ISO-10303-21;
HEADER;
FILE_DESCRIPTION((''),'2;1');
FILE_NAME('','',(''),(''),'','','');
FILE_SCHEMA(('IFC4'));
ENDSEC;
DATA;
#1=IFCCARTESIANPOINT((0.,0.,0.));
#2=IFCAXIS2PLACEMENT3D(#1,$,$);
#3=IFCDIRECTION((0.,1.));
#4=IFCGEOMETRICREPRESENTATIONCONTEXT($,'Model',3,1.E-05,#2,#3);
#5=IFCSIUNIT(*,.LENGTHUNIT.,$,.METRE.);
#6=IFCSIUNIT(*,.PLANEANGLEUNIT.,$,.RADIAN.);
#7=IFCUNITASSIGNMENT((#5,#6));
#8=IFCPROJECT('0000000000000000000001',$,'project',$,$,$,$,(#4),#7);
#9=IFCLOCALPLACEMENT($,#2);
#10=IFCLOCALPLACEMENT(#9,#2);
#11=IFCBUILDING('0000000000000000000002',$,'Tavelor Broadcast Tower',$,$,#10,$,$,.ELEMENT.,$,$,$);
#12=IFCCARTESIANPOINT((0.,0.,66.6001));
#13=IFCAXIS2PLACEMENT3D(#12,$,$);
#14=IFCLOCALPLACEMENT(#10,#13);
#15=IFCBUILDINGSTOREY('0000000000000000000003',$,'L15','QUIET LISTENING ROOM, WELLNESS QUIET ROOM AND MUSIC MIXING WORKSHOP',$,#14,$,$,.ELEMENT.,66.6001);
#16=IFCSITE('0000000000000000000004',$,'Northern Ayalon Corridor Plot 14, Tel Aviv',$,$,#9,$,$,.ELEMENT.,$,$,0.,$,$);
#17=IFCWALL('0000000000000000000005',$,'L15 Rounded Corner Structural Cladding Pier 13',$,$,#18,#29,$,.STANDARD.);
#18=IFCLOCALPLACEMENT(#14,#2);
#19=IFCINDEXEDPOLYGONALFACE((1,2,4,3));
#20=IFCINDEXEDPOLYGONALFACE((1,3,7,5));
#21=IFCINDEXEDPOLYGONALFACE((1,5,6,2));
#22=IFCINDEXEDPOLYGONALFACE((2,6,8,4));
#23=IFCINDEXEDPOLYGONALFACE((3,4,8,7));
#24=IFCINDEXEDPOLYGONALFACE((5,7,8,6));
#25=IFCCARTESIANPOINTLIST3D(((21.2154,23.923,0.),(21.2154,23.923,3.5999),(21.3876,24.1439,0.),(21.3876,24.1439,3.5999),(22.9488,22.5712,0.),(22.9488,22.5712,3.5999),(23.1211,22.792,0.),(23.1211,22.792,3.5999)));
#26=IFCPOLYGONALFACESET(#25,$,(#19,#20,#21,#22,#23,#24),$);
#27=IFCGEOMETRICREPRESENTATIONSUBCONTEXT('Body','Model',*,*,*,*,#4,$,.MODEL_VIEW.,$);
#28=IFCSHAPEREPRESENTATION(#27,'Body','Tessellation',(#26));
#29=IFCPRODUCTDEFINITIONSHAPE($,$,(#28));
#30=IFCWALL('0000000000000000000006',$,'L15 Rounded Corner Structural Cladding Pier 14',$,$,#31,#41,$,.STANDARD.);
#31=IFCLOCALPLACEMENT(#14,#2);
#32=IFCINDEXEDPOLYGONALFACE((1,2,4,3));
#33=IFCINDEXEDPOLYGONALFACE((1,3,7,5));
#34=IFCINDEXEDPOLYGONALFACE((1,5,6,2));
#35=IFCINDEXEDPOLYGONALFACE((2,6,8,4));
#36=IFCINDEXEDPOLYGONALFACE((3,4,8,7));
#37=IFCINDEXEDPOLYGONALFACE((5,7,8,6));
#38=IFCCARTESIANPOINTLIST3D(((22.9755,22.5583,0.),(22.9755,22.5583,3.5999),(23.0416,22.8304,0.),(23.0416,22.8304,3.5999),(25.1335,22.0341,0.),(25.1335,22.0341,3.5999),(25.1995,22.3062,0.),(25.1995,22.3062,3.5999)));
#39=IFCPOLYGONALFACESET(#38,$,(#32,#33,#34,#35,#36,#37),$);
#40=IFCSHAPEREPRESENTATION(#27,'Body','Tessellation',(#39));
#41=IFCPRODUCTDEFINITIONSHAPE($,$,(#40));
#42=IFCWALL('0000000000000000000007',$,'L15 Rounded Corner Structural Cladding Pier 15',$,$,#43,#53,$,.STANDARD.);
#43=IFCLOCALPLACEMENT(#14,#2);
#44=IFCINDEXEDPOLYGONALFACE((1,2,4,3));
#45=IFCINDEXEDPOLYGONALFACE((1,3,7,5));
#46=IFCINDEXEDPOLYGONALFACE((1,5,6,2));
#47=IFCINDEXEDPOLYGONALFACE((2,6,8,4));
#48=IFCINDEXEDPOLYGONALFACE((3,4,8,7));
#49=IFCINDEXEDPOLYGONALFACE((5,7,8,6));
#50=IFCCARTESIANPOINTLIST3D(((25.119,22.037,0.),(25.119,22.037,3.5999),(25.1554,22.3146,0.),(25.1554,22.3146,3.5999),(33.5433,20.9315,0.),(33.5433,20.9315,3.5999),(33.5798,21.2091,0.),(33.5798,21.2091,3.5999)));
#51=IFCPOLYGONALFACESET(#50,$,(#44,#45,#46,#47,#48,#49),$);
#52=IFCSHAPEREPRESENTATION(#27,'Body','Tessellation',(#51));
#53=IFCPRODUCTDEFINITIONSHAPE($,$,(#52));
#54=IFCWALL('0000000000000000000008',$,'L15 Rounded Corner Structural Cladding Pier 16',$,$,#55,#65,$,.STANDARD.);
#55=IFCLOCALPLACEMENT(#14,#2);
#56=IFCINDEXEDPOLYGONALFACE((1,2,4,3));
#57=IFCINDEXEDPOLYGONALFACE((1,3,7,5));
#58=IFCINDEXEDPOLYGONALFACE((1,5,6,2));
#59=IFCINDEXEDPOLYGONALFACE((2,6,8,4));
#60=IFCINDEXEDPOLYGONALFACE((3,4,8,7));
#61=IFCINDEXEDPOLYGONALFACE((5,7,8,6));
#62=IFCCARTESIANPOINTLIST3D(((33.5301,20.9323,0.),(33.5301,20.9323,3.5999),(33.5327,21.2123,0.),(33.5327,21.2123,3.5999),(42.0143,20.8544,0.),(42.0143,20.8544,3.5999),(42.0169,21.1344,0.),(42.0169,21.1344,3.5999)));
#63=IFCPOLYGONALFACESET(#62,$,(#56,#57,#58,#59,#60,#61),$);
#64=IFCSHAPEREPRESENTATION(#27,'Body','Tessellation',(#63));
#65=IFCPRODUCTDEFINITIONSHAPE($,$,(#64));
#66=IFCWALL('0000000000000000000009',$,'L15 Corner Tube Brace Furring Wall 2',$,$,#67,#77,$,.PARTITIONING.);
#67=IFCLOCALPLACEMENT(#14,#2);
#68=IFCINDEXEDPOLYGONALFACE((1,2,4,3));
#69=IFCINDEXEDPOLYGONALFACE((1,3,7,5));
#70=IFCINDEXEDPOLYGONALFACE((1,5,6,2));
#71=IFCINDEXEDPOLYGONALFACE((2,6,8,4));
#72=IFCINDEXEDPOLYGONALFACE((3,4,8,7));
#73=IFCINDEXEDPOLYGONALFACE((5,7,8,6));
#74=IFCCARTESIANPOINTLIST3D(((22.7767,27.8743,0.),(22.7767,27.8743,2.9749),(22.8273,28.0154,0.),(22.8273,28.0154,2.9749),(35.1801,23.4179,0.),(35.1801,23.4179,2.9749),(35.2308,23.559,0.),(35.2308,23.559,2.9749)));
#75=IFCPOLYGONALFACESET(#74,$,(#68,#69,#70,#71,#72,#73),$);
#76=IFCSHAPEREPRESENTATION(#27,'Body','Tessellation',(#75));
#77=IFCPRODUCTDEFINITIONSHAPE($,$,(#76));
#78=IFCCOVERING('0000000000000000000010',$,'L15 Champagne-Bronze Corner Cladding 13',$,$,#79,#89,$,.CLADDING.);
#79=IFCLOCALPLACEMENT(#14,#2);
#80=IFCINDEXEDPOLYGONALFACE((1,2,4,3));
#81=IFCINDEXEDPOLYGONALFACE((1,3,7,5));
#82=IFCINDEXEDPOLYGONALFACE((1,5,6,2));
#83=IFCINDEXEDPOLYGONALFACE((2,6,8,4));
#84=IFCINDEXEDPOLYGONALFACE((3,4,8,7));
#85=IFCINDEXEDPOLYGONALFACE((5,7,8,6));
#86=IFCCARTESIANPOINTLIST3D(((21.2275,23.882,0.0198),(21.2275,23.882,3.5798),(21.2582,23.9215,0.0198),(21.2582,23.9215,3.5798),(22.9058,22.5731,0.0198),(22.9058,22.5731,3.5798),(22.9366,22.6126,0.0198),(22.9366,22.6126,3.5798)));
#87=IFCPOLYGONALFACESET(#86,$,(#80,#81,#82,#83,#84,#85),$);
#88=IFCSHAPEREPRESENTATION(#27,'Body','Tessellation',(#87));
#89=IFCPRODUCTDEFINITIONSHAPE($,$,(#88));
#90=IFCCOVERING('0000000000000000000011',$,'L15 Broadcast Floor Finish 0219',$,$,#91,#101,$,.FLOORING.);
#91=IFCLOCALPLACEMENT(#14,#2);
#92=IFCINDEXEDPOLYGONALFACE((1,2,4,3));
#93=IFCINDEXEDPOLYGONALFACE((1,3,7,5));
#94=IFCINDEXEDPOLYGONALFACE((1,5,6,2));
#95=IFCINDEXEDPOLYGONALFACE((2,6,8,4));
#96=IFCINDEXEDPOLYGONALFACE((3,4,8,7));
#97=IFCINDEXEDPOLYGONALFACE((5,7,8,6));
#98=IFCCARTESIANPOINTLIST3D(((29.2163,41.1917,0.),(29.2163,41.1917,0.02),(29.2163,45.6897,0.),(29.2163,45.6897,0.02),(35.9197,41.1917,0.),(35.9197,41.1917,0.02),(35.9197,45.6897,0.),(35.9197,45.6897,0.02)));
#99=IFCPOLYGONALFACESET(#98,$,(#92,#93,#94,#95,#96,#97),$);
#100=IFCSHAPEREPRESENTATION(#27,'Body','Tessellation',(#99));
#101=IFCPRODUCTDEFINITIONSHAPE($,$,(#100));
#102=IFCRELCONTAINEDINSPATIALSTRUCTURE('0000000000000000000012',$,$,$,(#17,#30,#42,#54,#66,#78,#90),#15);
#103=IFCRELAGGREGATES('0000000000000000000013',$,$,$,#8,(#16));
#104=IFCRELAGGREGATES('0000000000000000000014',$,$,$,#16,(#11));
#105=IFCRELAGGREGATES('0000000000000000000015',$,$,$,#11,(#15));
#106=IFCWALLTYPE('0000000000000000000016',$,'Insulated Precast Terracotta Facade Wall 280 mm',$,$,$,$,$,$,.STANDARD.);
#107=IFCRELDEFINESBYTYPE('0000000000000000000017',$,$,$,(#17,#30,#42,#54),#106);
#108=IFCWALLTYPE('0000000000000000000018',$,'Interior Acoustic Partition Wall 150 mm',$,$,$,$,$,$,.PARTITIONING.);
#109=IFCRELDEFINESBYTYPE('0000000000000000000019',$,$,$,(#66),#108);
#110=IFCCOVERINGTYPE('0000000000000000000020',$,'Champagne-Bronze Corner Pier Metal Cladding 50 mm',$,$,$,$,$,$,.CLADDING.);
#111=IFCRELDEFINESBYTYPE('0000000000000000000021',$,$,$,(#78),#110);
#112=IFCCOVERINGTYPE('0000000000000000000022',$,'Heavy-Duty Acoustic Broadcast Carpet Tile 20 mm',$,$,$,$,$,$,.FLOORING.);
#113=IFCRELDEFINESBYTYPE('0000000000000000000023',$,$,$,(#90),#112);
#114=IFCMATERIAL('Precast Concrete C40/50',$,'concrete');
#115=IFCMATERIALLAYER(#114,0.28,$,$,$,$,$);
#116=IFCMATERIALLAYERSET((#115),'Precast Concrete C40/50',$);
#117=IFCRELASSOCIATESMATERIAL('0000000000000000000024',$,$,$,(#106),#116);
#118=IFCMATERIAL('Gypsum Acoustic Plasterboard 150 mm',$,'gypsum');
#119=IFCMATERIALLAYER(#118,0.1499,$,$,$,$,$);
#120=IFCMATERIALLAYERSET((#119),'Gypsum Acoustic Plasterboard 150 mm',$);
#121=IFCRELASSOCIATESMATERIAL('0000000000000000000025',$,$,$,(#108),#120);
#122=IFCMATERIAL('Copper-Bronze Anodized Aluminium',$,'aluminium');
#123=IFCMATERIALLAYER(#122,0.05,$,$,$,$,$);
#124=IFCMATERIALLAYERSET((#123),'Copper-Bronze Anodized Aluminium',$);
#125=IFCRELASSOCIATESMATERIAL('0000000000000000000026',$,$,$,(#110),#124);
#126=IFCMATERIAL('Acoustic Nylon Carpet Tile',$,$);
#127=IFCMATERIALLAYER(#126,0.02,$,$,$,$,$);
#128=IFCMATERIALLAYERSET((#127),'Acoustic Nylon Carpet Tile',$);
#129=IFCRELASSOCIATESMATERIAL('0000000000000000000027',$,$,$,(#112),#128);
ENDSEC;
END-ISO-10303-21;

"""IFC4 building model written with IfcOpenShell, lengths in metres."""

from ifc_helpers import new_model, si_unit, direction, frame, frame_2d, origin, origin_2d, place, context, subcontext, project, spatial, polyline, rectangle, outline, extrude, material, layer, layer_set, type_object, element, save


model = new_model("IFC4")

# Units and contexts
model_context = context("Model", 3, precision=1e-05, world=origin(), true_north=direction((0.0, 1.0)))
body_context = subcontext(model_context, "Body", "Model", "MODEL_VIEW")
ifc_project = project(units=[si_unit("LENGTHUNIT", "METRE"), si_unit("PLANEANGLEUNIT", "RADIAN")], contexts=[model_context])

# Site, building, storey
site_placement = place(None, origin())
site = spatial("IfcSite", under=ifc_project, at=site_placement, Name="Northern Ayalon Corridor Plot 14, Tel Aviv", CompositionType="ELEMENT", RefElevation=0.0)
building_placement = place(site_placement, origin())
building = spatial("IfcBuilding", under=site, at=building_placement, Name="Tavelor Broadcast Tower", CompositionType="ELEMENT")
storey_placement = place(building_placement, frame((0.0, 0.0, 66.6001)))
storey = spatial("IfcBuildingStorey", under=building, at=storey_placement, Name="L15", Description="QUIET LISTENING ROOM, WELLNESS QUIET ROOM AND MUSIC MIXING WORKSHOP", CompositionType="ELEMENT", Elevation=66.6001)

# Walls
ifc_material_1 = material(Name="Precast Concrete C40/50", Category="concrete")
ifc_layer_1 = layer(ifc_material_1, 0.28)
ifc_layer_set_1 = layer_set([ifc_layer_1], Name="Precast Concrete C40/50")
wall_type_1 = type_object("IfcWallType", Name="Insulated Precast Terracotta Facade Wall 280 mm", PredefinedType="STANDARD", material=ifc_layer_set_1)
for number, where, z_axis, x_axis, name in (
    (1, (21.3015, 24.0334, 0.0), (0.0, 0.0, 1.0), (0.788556, -0.614963, 0.0), "L15 Rounded Corner Structural Cladding Pier 13"),
):
    element("IfcWall", number, at=place(storey_placement, frame(where, z_axis=z_axis, x_axis=x_axis)), inside=storey, type_object=wall_type_1, Name=name, PredefinedType="STANDARD", context=body_context, shape_type="SweptSolid", body=[
        extrude(rectangle(XDim=2.1982, YDim=0.28, at=frame_2d((1.0991, 0.0))), origin(), (0.0, 0.0, 1.0), 3.5999),
    ])
wall_1_placement = place(storey_placement, frame((23.0085, 22.6943, 0.0), z_axis=(0.0, 0.0, 1.0), x_axis=(0.971744, -0.236037, 0.0)))
element("IfcWall", 2, at=wall_1_placement, inside=storey, type_object=wall_type_1, Name="L15 Rounded Corner Structural Cladding Pier 14", PredefinedType="STANDARD", context=body_context, shape_type="SweptSolid", body=[
    extrude(rectangle(XDim=2.2207, YDim=0.28, at=frame_2d((1.1104, 0.0))), origin(), (0.0, 0.0, 1.0), 3.5999),
])
wall_2_placement = place(storey_placement, frame((25.1372, 22.1758, 0.0), z_axis=(0.0, 0.0, 1.0), x_axis=(0.9915, -0.130108, 0.0)))
element("IfcWall", 3, at=wall_2_placement, inside=storey, type_object=wall_type_1, Name="L15 Rounded Corner Structural Cladding Pier 15", PredefinedType="STANDARD", context=body_context, shape_type="SweptSolid", body=[
    extrude(rectangle(XDim=8.4966, YDim=0.28, at=frame_2d((4.2483, 0.0))), origin(), (0.0, 0.0, 1.0), 3.5999),
])
wall_3_placement = place(storey_placement, frame((33.5315, 21.0723, 0.0), z_axis=(0.0, 0.0, 1.0), x_axis=(0.999958, -0.009179, 0.0)))
element("IfcWall", 4, at=wall_3_placement, inside=storey, type_object=wall_type_1, Name="L15 Rounded Corner Structural Cladding Pier 16", PredefinedType="STANDARD", context=body_context, shape_type="SweptSolid", body=[
    extrude(rectangle(XDim=8.4846, YDim=0.28, at=frame_2d((4.2422, 0.0))), origin(), (0.0, 0.0, 1.0), 3.5999),
])
ifc_material_2 = material(Name="Gypsum Acoustic Plasterboard 150 mm", Category="gypsum")
ifc_layer_2 = layer(ifc_material_2, 0.1499)
ifc_layer_set_2 = layer_set([ifc_layer_2], Name="Gypsum Acoustic Plasterboard 150 mm")
wall_type_2 = type_object("IfcWallType", Name="Interior Acoustic Partition Wall 150 mm", PredefinedType="PARTITIONING", material=ifc_layer_set_2)
wall_4_placement = place(storey_placement, frame((22.802, 27.9448, 0.0), z_axis=(0.0, 0.0, 1.0), x_axis=(0.941102, -0.338122, 0.0)))
element("IfcWall", 5, at=wall_4_placement, inside=storey, type_object=wall_type_2, Name="L15 Corner Tube Brace Furring Wall 2", PredefinedType="PARTITIONING", context=body_context, shape_type="SweptSolid", body=[
    extrude(rectangle(XDim=13.1797, YDim=0.1499, at=frame_2d((6.5898, 0.0))), origin(), (0.0, 0.0, 1.0), 2.9749),
])

# Coverings
ifc_material_3 = material(Name="Copper-Bronze Anodized Aluminium", Category="aluminium")
ifc_layer_3 = layer(ifc_material_3, 0.05)
ifc_layer_set_3 = layer_set([ifc_layer_3], Name="Copper-Bronze Anodized Aluminium")
covering_type_1 = type_object("IfcCoveringType", Name="Champagne-Bronze Corner Pier Metal Cladding 50 mm", PredefinedType="CLADDING", material=ifc_layer_set_3)
covering_1_placement = place(storey_placement, frame((22.082, 23.2473, 0.0198), z_axis=(0.0, 0.0, 1.0), x_axis=(0.788548, -0.614974, 0.0)))
element("IfcCovering", 6, at=covering_1_placement, inside=storey, type_object=covering_type_1, Name="L15 Champagne-Bronze Corner Cladding 13", PredefinedType="CLADDING", context=body_context, shape_type="SweptSolid", body=[
    extrude(rectangle(XDim=2.1284, YDim=0.05, at=origin_2d()), origin(), (0.0, 0.0, 1.0), 3.5601),
])
ifc_material_4 = material(Name="Acoustic Nylon Carpet Tile")
ifc_layer_4 = layer(ifc_material_4, 0.02)
ifc_layer_set_4 = layer_set([ifc_layer_4], Name="Acoustic Nylon Carpet Tile")
covering_type_2 = type_object("IfcCoveringType", Name="Heavy-Duty Acoustic Broadcast Carpet Tile 20 mm", PredefinedType="FLOORING", material=ifc_layer_set_4)
covering_2_placement = place(storey_placement, origin())
element("IfcCovering", 7, at=covering_2_placement, inside=storey, type_object=covering_type_2, Name="L15 Broadcast Floor Finish 0219", PredefinedType="FLOORING", context=body_context, shape_type="SweptSolid", body=[
    extrude(outline(polyline([(29.2163, 41.1917), (35.9197, 41.1917), (35.9197, 45.6897), (29.2163, 45.6897), (29.2163, 41.1917)])), origin(), (0.0, 0.0, 1.0), 0.02),
])

save(model, "model.ifc")
